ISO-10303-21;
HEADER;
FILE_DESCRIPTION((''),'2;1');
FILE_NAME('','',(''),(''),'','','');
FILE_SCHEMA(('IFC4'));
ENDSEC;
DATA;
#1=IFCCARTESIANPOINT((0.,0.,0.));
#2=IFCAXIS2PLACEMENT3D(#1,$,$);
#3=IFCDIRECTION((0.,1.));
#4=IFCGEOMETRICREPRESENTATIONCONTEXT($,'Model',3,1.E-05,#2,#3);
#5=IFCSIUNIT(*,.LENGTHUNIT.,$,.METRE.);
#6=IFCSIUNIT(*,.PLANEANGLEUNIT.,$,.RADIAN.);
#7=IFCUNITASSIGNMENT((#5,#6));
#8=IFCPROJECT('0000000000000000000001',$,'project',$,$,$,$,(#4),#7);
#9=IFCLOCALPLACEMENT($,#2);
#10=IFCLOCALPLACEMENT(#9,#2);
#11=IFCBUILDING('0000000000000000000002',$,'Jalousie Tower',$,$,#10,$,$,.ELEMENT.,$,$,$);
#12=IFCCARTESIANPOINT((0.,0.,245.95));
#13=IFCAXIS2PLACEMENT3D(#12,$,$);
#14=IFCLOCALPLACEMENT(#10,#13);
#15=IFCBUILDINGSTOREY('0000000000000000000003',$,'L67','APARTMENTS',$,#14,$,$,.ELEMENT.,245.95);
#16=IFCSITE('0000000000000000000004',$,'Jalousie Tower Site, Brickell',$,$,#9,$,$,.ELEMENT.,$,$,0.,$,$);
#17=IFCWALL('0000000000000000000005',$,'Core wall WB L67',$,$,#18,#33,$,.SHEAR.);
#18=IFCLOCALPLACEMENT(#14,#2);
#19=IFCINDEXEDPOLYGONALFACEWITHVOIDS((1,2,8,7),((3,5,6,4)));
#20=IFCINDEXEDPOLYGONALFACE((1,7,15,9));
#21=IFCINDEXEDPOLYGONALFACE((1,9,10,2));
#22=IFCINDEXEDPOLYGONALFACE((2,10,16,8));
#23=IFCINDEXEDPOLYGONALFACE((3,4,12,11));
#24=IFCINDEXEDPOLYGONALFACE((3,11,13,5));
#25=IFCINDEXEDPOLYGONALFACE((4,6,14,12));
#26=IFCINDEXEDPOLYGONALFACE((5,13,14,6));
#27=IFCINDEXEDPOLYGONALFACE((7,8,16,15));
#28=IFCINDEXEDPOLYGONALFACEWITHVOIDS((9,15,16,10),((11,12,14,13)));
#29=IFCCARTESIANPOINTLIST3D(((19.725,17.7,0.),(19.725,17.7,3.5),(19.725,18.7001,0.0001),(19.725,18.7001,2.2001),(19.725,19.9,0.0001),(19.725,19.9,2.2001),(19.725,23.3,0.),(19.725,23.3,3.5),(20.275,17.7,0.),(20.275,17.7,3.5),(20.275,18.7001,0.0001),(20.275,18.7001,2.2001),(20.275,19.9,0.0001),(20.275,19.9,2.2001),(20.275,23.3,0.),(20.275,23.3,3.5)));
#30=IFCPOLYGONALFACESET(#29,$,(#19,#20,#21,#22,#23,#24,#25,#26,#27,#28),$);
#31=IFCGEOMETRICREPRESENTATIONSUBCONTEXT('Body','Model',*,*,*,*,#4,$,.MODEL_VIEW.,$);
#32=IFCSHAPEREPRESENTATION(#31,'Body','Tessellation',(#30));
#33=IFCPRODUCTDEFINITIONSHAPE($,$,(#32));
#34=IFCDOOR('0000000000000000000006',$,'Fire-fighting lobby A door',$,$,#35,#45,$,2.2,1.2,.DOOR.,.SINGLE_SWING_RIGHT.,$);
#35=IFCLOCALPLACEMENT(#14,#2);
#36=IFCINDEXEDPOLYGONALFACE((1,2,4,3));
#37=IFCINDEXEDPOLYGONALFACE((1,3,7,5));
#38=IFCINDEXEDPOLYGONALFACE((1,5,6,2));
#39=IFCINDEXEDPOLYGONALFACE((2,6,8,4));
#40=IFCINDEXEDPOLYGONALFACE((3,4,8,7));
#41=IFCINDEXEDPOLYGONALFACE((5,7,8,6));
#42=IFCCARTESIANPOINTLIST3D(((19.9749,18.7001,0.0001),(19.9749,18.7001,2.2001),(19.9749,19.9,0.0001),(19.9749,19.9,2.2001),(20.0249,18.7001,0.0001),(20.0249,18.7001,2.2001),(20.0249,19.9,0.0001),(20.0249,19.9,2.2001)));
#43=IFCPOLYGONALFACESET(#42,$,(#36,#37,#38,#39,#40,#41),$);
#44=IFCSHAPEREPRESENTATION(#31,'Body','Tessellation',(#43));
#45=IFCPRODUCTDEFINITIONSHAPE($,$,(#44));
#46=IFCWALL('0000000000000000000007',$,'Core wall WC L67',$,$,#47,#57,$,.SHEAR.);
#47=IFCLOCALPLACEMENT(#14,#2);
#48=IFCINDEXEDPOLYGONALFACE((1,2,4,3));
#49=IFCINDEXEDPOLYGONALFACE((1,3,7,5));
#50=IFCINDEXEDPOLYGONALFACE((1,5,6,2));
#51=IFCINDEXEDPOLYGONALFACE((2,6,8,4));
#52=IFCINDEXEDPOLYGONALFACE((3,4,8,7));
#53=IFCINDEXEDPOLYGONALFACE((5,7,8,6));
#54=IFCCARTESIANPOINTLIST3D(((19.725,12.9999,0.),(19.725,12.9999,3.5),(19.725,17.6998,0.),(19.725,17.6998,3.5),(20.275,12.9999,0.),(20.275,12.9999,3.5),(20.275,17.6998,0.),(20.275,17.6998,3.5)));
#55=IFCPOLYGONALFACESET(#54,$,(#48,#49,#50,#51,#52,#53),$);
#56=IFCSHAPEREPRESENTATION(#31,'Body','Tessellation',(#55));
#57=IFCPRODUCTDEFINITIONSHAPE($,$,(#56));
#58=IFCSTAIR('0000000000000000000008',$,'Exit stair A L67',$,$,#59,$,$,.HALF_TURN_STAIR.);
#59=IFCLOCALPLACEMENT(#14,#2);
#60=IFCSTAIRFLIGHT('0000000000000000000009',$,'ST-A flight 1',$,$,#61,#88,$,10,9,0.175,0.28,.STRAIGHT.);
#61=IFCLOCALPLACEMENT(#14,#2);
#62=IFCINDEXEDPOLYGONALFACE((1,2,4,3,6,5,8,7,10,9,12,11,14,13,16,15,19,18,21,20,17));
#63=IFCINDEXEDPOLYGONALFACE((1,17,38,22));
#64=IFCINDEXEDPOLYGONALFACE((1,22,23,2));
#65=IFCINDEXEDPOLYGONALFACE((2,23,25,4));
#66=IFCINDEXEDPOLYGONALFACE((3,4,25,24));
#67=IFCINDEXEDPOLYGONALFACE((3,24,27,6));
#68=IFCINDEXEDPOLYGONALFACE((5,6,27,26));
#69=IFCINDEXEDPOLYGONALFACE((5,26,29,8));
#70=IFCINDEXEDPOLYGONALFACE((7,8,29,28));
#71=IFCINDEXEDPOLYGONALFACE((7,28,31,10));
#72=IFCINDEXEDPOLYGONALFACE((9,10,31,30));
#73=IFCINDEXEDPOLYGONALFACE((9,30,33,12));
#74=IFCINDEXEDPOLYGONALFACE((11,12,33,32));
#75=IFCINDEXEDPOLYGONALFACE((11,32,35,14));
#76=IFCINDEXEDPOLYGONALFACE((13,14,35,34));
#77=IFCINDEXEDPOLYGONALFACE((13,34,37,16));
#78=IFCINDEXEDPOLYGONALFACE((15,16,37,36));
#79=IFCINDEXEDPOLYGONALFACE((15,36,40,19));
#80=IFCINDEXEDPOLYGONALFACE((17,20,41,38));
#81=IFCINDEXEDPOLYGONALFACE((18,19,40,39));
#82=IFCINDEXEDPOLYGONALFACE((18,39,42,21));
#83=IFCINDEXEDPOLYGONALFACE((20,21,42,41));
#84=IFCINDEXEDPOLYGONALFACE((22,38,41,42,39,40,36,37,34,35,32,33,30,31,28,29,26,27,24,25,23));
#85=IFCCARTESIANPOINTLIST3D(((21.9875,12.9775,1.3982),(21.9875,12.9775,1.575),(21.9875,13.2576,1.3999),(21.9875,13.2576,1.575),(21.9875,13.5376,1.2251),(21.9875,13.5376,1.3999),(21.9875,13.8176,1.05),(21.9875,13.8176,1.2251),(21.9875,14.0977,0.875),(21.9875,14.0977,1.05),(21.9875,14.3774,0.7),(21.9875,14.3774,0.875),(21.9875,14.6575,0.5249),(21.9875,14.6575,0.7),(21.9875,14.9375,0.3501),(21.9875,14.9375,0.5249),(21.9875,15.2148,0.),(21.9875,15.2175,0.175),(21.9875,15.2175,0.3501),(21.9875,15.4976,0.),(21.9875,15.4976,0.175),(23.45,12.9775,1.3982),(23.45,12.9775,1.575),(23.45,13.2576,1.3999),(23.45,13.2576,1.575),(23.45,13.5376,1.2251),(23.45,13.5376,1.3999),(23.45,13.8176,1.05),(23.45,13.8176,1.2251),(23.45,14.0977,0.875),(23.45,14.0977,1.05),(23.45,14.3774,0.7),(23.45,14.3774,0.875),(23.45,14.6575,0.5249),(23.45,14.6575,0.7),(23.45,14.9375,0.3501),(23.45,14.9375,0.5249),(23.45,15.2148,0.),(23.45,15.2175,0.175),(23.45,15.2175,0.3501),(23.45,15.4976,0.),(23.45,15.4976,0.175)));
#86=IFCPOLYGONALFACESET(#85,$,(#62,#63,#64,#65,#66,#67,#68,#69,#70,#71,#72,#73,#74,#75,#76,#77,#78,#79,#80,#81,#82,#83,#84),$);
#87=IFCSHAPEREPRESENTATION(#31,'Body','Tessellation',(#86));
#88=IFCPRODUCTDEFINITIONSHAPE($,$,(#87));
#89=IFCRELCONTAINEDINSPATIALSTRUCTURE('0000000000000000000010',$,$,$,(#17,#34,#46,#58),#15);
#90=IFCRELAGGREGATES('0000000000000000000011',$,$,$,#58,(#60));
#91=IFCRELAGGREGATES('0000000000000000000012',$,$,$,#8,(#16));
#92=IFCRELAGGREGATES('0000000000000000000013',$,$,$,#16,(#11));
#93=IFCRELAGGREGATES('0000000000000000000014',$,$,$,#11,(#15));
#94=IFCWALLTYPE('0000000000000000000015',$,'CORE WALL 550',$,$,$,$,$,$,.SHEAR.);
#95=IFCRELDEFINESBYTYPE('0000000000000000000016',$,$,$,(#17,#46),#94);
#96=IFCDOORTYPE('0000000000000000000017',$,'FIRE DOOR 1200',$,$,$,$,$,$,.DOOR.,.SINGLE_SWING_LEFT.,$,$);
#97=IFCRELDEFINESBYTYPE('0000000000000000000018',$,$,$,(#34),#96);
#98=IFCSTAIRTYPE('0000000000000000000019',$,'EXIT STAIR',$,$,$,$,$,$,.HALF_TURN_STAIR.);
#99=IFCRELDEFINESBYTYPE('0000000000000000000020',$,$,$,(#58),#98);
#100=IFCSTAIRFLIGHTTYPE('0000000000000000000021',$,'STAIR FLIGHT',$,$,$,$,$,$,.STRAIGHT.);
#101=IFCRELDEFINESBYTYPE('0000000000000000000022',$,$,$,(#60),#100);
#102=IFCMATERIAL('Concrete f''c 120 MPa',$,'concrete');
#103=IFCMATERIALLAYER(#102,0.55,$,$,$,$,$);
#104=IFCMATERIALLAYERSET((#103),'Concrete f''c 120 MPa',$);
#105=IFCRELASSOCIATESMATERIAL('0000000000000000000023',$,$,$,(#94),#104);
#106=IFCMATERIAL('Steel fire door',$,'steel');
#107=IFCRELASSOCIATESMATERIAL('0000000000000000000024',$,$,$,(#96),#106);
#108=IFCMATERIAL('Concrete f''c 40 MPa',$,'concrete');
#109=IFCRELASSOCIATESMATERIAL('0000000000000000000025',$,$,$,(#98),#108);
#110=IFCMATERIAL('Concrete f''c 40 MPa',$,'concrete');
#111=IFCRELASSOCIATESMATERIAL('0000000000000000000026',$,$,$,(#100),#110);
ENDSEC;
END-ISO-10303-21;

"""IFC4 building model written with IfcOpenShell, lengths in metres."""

from ifc_helpers import new_model, si_unit, direction, frame, frame_2d, origin, place, context, subcontext, project, spatial, polyline, rectangle, outline, extrude, material, layer, layer_set, type_object, element, fill, aggregate, save


model = new_model("IFC4")

# Units and contexts
model_context = context("Model", 3, precision=1e-05, world=origin(), true_north=direction((0.0, 1.0)))
body_context = subcontext(model_context, "Body", "Model", "MODEL_VIEW")
ifc_project = project(units=[si_unit("LENGTHUNIT", "METRE"), si_unit("PLANEANGLEUNIT", "RADIAN")], contexts=[model_context])

# Site, building, storey
site_placement = place(None, origin())
site = spatial("IfcSite", under=ifc_project, at=site_placement, Name="Jalousie Tower Site, Brickell", CompositionType="ELEMENT", RefElevation=0.0)
building_placement = place(site_placement, origin())
building = spatial("IfcBuilding", under=site, at=building_placement, Name="Jalousie Tower", CompositionType="ELEMENT")
storey_placement = place(building_placement, frame((0.0, 0.0, 245.95)))
storey = spatial("IfcBuildingStorey", under=building, at=storey_placement, Name="L67", Description="APARTMENTS", CompositionType="ELEMENT", Elevation=245.95)

# Shared definitions
ifc_material_1 = material(Name="Concrete f'c 120 MPa", Category="concrete")
ifc_layer_1 = layer(ifc_material_1, 0.55)
ifc_layer_set_1 = layer_set([ifc_layer_1], Name="Concrete f'c 120 MPa")
wall_type_1 = type_object("IfcWallType", Name="CORE WALL 550", PredefinedType="SHEAR", material=ifc_layer_set_1)

# Wall, opening, door
wall_1_placement = place(storey_placement, frame((20.0, 23.3, 0.0), z_axis=(0.0, 0.0, 1.0), x_axis=(0.0, -1.0, 0.0)))
wall_1 = element("IfcWall", 1, at=wall_1_placement, inside=storey, type_object=wall_type_1, Name="Core wall WB L67", PredefinedType="SHEAR", context=body_context, shape_type="SweptSolid", body=[
    extrude(rectangle(XDim=5.6001, YDim=0.55, at=frame_2d((2.8, 0.0))), origin(), (0.0, 0.0, 1.0), 3.5),
])
opening_1_placement = place(wall_1_placement, frame((3.3999, 0.0, 0.0)))
opening_1 = element("IfcOpeningElement", 2, at=opening_1_placement, cuts=wall_1, PredefinedType="OPENING", context=body_context, shape_type="SweptSolid", body=[
    extrude(rectangle(XDim=1.2, YDim=2.2, at=frame_2d((0.6001, 1.1001))), frame((0.0, 0.2849, 0.0), z_axis=(0.0, -1.0, 0.0), x_axis=(1.0, 0.0, 0.0)), (0.0, 0.0, 1.0), 0.5701),
])
ifc_material_2 = material(Name="Steel fire door", Category="steel")
door_type_1 = type_object("IfcDoorType", Name="FIRE DOOR 1200", OperationType="SINGLE_SWING_LEFT", PredefinedType="DOOR", material=ifc_material_2)
door_1_placement = place(opening_1_placement, origin())
door_1 = element("IfcDoor", 3, at=door_1_placement, inside=storey, type_object=door_type_1, Name="Fire-fighting lobby A door", OperationType="SINGLE_SWING_RIGHT", OverallHeight=2.2, OverallWidth=1.2, PredefinedType="DOOR", context=body_context, shape_type="SweptSolid", body=[
    extrude(rectangle(XDim=1.2, YDim=2.2, at=frame_2d((0.6001, 1.1001))), frame((0.0, 0.0249, 0.0), z_axis=(0.0, -1.0, 0.0), x_axis=(1.0, 0.0, 0.0)), (0.0, 0.0, 1.0), 0.05),
])
fill(opening_1, door_1)

# Wall
wall_2_placement = place(storey_placement, frame((20.0, 17.7, 0.0), z_axis=(0.0, 0.0, 1.0), x_axis=(0.0, -1.0, 0.0)))
element("IfcWall", 4, at=wall_2_placement, inside=storey, type_object=wall_type_1, Name="Core wall WC L67", PredefinedType="SHEAR", context=body_context, shape_type="SweptSolid", body=[
    extrude(rectangle(XDim=4.7, YDim=0.55, at=frame_2d((2.3501, 0.0))), origin(), (0.0, 0.0, 1.0), 3.5),
])

# Stair, stair flight
ifc_material_3 = material(Name="Concrete f'c 40 MPa", Category="concrete")
stair_type = type_object("IfcStairType", Name="EXIT STAIR", PredefinedType="HALF_TURN_STAIR", material=ifc_material_3)
stair_placement = place(storey_placement, origin())
stair = element("IfcStair", 5, at=stair_placement, inside=storey, type_object=stair_type, Name="Exit stair A L67", PredefinedType="HALF_TURN_STAIR")
ifc_material_4 = material(Name="Concrete f'c 40 MPa", Category="concrete")
stair_flight_type = type_object("IfcStairFlightType", Name="STAIR FLIGHT", PredefinedType="STRAIGHT", material=ifc_material_4)
stair_flight_placement = place(storey_placement, frame((22.7188, 15.4976, 0.0), z_axis=(0.0, 0.0, 1.0), x_axis=(0.0, -1.0, 0.0)))
stair_flight = element("IfcStairFlight", 6, at=stair_flight_placement, type_object=stair_flight_type, Name="ST-A flight 1", NumberOfRisers=10, NumberOfTreads=9, PredefinedType="STRAIGHT", RiserHeight=0.175, TreadLength=0.28, context=body_context, shape_type="SweptSolid", body=[
    extrude(outline(polyline([(0.0, 0.0), (0.0, 0.175), (0.28, 0.175), (0.28, 0.3501), (0.5601, 0.3501), (0.5601, 0.5249), (0.8401, 0.5249), (0.8401, 0.7), (1.1201, 0.7), (1.1201, 0.875), (1.3999, 0.875), (1.3999, 1.05), (1.6799, 1.05), (1.6799, 1.2251), (1.96, 1.2251), (1.96, 1.3999), (2.24, 1.3999), (2.24, 1.575), (2.52, 1.575), (2.52, 1.75), (2.52, 1.3982), (0.2827, 0.0), (0.0, 0.0)])), frame((0.0, 0.7312, 0.0), z_axis=(0.0, -1.0, 0.0), x_axis=(1.0, 0.0, 0.0)), (0.0, 0.0, 1.0), 1.4624),
])
aggregate(stair, [stair_flight])

save(model, "model.ifc")
